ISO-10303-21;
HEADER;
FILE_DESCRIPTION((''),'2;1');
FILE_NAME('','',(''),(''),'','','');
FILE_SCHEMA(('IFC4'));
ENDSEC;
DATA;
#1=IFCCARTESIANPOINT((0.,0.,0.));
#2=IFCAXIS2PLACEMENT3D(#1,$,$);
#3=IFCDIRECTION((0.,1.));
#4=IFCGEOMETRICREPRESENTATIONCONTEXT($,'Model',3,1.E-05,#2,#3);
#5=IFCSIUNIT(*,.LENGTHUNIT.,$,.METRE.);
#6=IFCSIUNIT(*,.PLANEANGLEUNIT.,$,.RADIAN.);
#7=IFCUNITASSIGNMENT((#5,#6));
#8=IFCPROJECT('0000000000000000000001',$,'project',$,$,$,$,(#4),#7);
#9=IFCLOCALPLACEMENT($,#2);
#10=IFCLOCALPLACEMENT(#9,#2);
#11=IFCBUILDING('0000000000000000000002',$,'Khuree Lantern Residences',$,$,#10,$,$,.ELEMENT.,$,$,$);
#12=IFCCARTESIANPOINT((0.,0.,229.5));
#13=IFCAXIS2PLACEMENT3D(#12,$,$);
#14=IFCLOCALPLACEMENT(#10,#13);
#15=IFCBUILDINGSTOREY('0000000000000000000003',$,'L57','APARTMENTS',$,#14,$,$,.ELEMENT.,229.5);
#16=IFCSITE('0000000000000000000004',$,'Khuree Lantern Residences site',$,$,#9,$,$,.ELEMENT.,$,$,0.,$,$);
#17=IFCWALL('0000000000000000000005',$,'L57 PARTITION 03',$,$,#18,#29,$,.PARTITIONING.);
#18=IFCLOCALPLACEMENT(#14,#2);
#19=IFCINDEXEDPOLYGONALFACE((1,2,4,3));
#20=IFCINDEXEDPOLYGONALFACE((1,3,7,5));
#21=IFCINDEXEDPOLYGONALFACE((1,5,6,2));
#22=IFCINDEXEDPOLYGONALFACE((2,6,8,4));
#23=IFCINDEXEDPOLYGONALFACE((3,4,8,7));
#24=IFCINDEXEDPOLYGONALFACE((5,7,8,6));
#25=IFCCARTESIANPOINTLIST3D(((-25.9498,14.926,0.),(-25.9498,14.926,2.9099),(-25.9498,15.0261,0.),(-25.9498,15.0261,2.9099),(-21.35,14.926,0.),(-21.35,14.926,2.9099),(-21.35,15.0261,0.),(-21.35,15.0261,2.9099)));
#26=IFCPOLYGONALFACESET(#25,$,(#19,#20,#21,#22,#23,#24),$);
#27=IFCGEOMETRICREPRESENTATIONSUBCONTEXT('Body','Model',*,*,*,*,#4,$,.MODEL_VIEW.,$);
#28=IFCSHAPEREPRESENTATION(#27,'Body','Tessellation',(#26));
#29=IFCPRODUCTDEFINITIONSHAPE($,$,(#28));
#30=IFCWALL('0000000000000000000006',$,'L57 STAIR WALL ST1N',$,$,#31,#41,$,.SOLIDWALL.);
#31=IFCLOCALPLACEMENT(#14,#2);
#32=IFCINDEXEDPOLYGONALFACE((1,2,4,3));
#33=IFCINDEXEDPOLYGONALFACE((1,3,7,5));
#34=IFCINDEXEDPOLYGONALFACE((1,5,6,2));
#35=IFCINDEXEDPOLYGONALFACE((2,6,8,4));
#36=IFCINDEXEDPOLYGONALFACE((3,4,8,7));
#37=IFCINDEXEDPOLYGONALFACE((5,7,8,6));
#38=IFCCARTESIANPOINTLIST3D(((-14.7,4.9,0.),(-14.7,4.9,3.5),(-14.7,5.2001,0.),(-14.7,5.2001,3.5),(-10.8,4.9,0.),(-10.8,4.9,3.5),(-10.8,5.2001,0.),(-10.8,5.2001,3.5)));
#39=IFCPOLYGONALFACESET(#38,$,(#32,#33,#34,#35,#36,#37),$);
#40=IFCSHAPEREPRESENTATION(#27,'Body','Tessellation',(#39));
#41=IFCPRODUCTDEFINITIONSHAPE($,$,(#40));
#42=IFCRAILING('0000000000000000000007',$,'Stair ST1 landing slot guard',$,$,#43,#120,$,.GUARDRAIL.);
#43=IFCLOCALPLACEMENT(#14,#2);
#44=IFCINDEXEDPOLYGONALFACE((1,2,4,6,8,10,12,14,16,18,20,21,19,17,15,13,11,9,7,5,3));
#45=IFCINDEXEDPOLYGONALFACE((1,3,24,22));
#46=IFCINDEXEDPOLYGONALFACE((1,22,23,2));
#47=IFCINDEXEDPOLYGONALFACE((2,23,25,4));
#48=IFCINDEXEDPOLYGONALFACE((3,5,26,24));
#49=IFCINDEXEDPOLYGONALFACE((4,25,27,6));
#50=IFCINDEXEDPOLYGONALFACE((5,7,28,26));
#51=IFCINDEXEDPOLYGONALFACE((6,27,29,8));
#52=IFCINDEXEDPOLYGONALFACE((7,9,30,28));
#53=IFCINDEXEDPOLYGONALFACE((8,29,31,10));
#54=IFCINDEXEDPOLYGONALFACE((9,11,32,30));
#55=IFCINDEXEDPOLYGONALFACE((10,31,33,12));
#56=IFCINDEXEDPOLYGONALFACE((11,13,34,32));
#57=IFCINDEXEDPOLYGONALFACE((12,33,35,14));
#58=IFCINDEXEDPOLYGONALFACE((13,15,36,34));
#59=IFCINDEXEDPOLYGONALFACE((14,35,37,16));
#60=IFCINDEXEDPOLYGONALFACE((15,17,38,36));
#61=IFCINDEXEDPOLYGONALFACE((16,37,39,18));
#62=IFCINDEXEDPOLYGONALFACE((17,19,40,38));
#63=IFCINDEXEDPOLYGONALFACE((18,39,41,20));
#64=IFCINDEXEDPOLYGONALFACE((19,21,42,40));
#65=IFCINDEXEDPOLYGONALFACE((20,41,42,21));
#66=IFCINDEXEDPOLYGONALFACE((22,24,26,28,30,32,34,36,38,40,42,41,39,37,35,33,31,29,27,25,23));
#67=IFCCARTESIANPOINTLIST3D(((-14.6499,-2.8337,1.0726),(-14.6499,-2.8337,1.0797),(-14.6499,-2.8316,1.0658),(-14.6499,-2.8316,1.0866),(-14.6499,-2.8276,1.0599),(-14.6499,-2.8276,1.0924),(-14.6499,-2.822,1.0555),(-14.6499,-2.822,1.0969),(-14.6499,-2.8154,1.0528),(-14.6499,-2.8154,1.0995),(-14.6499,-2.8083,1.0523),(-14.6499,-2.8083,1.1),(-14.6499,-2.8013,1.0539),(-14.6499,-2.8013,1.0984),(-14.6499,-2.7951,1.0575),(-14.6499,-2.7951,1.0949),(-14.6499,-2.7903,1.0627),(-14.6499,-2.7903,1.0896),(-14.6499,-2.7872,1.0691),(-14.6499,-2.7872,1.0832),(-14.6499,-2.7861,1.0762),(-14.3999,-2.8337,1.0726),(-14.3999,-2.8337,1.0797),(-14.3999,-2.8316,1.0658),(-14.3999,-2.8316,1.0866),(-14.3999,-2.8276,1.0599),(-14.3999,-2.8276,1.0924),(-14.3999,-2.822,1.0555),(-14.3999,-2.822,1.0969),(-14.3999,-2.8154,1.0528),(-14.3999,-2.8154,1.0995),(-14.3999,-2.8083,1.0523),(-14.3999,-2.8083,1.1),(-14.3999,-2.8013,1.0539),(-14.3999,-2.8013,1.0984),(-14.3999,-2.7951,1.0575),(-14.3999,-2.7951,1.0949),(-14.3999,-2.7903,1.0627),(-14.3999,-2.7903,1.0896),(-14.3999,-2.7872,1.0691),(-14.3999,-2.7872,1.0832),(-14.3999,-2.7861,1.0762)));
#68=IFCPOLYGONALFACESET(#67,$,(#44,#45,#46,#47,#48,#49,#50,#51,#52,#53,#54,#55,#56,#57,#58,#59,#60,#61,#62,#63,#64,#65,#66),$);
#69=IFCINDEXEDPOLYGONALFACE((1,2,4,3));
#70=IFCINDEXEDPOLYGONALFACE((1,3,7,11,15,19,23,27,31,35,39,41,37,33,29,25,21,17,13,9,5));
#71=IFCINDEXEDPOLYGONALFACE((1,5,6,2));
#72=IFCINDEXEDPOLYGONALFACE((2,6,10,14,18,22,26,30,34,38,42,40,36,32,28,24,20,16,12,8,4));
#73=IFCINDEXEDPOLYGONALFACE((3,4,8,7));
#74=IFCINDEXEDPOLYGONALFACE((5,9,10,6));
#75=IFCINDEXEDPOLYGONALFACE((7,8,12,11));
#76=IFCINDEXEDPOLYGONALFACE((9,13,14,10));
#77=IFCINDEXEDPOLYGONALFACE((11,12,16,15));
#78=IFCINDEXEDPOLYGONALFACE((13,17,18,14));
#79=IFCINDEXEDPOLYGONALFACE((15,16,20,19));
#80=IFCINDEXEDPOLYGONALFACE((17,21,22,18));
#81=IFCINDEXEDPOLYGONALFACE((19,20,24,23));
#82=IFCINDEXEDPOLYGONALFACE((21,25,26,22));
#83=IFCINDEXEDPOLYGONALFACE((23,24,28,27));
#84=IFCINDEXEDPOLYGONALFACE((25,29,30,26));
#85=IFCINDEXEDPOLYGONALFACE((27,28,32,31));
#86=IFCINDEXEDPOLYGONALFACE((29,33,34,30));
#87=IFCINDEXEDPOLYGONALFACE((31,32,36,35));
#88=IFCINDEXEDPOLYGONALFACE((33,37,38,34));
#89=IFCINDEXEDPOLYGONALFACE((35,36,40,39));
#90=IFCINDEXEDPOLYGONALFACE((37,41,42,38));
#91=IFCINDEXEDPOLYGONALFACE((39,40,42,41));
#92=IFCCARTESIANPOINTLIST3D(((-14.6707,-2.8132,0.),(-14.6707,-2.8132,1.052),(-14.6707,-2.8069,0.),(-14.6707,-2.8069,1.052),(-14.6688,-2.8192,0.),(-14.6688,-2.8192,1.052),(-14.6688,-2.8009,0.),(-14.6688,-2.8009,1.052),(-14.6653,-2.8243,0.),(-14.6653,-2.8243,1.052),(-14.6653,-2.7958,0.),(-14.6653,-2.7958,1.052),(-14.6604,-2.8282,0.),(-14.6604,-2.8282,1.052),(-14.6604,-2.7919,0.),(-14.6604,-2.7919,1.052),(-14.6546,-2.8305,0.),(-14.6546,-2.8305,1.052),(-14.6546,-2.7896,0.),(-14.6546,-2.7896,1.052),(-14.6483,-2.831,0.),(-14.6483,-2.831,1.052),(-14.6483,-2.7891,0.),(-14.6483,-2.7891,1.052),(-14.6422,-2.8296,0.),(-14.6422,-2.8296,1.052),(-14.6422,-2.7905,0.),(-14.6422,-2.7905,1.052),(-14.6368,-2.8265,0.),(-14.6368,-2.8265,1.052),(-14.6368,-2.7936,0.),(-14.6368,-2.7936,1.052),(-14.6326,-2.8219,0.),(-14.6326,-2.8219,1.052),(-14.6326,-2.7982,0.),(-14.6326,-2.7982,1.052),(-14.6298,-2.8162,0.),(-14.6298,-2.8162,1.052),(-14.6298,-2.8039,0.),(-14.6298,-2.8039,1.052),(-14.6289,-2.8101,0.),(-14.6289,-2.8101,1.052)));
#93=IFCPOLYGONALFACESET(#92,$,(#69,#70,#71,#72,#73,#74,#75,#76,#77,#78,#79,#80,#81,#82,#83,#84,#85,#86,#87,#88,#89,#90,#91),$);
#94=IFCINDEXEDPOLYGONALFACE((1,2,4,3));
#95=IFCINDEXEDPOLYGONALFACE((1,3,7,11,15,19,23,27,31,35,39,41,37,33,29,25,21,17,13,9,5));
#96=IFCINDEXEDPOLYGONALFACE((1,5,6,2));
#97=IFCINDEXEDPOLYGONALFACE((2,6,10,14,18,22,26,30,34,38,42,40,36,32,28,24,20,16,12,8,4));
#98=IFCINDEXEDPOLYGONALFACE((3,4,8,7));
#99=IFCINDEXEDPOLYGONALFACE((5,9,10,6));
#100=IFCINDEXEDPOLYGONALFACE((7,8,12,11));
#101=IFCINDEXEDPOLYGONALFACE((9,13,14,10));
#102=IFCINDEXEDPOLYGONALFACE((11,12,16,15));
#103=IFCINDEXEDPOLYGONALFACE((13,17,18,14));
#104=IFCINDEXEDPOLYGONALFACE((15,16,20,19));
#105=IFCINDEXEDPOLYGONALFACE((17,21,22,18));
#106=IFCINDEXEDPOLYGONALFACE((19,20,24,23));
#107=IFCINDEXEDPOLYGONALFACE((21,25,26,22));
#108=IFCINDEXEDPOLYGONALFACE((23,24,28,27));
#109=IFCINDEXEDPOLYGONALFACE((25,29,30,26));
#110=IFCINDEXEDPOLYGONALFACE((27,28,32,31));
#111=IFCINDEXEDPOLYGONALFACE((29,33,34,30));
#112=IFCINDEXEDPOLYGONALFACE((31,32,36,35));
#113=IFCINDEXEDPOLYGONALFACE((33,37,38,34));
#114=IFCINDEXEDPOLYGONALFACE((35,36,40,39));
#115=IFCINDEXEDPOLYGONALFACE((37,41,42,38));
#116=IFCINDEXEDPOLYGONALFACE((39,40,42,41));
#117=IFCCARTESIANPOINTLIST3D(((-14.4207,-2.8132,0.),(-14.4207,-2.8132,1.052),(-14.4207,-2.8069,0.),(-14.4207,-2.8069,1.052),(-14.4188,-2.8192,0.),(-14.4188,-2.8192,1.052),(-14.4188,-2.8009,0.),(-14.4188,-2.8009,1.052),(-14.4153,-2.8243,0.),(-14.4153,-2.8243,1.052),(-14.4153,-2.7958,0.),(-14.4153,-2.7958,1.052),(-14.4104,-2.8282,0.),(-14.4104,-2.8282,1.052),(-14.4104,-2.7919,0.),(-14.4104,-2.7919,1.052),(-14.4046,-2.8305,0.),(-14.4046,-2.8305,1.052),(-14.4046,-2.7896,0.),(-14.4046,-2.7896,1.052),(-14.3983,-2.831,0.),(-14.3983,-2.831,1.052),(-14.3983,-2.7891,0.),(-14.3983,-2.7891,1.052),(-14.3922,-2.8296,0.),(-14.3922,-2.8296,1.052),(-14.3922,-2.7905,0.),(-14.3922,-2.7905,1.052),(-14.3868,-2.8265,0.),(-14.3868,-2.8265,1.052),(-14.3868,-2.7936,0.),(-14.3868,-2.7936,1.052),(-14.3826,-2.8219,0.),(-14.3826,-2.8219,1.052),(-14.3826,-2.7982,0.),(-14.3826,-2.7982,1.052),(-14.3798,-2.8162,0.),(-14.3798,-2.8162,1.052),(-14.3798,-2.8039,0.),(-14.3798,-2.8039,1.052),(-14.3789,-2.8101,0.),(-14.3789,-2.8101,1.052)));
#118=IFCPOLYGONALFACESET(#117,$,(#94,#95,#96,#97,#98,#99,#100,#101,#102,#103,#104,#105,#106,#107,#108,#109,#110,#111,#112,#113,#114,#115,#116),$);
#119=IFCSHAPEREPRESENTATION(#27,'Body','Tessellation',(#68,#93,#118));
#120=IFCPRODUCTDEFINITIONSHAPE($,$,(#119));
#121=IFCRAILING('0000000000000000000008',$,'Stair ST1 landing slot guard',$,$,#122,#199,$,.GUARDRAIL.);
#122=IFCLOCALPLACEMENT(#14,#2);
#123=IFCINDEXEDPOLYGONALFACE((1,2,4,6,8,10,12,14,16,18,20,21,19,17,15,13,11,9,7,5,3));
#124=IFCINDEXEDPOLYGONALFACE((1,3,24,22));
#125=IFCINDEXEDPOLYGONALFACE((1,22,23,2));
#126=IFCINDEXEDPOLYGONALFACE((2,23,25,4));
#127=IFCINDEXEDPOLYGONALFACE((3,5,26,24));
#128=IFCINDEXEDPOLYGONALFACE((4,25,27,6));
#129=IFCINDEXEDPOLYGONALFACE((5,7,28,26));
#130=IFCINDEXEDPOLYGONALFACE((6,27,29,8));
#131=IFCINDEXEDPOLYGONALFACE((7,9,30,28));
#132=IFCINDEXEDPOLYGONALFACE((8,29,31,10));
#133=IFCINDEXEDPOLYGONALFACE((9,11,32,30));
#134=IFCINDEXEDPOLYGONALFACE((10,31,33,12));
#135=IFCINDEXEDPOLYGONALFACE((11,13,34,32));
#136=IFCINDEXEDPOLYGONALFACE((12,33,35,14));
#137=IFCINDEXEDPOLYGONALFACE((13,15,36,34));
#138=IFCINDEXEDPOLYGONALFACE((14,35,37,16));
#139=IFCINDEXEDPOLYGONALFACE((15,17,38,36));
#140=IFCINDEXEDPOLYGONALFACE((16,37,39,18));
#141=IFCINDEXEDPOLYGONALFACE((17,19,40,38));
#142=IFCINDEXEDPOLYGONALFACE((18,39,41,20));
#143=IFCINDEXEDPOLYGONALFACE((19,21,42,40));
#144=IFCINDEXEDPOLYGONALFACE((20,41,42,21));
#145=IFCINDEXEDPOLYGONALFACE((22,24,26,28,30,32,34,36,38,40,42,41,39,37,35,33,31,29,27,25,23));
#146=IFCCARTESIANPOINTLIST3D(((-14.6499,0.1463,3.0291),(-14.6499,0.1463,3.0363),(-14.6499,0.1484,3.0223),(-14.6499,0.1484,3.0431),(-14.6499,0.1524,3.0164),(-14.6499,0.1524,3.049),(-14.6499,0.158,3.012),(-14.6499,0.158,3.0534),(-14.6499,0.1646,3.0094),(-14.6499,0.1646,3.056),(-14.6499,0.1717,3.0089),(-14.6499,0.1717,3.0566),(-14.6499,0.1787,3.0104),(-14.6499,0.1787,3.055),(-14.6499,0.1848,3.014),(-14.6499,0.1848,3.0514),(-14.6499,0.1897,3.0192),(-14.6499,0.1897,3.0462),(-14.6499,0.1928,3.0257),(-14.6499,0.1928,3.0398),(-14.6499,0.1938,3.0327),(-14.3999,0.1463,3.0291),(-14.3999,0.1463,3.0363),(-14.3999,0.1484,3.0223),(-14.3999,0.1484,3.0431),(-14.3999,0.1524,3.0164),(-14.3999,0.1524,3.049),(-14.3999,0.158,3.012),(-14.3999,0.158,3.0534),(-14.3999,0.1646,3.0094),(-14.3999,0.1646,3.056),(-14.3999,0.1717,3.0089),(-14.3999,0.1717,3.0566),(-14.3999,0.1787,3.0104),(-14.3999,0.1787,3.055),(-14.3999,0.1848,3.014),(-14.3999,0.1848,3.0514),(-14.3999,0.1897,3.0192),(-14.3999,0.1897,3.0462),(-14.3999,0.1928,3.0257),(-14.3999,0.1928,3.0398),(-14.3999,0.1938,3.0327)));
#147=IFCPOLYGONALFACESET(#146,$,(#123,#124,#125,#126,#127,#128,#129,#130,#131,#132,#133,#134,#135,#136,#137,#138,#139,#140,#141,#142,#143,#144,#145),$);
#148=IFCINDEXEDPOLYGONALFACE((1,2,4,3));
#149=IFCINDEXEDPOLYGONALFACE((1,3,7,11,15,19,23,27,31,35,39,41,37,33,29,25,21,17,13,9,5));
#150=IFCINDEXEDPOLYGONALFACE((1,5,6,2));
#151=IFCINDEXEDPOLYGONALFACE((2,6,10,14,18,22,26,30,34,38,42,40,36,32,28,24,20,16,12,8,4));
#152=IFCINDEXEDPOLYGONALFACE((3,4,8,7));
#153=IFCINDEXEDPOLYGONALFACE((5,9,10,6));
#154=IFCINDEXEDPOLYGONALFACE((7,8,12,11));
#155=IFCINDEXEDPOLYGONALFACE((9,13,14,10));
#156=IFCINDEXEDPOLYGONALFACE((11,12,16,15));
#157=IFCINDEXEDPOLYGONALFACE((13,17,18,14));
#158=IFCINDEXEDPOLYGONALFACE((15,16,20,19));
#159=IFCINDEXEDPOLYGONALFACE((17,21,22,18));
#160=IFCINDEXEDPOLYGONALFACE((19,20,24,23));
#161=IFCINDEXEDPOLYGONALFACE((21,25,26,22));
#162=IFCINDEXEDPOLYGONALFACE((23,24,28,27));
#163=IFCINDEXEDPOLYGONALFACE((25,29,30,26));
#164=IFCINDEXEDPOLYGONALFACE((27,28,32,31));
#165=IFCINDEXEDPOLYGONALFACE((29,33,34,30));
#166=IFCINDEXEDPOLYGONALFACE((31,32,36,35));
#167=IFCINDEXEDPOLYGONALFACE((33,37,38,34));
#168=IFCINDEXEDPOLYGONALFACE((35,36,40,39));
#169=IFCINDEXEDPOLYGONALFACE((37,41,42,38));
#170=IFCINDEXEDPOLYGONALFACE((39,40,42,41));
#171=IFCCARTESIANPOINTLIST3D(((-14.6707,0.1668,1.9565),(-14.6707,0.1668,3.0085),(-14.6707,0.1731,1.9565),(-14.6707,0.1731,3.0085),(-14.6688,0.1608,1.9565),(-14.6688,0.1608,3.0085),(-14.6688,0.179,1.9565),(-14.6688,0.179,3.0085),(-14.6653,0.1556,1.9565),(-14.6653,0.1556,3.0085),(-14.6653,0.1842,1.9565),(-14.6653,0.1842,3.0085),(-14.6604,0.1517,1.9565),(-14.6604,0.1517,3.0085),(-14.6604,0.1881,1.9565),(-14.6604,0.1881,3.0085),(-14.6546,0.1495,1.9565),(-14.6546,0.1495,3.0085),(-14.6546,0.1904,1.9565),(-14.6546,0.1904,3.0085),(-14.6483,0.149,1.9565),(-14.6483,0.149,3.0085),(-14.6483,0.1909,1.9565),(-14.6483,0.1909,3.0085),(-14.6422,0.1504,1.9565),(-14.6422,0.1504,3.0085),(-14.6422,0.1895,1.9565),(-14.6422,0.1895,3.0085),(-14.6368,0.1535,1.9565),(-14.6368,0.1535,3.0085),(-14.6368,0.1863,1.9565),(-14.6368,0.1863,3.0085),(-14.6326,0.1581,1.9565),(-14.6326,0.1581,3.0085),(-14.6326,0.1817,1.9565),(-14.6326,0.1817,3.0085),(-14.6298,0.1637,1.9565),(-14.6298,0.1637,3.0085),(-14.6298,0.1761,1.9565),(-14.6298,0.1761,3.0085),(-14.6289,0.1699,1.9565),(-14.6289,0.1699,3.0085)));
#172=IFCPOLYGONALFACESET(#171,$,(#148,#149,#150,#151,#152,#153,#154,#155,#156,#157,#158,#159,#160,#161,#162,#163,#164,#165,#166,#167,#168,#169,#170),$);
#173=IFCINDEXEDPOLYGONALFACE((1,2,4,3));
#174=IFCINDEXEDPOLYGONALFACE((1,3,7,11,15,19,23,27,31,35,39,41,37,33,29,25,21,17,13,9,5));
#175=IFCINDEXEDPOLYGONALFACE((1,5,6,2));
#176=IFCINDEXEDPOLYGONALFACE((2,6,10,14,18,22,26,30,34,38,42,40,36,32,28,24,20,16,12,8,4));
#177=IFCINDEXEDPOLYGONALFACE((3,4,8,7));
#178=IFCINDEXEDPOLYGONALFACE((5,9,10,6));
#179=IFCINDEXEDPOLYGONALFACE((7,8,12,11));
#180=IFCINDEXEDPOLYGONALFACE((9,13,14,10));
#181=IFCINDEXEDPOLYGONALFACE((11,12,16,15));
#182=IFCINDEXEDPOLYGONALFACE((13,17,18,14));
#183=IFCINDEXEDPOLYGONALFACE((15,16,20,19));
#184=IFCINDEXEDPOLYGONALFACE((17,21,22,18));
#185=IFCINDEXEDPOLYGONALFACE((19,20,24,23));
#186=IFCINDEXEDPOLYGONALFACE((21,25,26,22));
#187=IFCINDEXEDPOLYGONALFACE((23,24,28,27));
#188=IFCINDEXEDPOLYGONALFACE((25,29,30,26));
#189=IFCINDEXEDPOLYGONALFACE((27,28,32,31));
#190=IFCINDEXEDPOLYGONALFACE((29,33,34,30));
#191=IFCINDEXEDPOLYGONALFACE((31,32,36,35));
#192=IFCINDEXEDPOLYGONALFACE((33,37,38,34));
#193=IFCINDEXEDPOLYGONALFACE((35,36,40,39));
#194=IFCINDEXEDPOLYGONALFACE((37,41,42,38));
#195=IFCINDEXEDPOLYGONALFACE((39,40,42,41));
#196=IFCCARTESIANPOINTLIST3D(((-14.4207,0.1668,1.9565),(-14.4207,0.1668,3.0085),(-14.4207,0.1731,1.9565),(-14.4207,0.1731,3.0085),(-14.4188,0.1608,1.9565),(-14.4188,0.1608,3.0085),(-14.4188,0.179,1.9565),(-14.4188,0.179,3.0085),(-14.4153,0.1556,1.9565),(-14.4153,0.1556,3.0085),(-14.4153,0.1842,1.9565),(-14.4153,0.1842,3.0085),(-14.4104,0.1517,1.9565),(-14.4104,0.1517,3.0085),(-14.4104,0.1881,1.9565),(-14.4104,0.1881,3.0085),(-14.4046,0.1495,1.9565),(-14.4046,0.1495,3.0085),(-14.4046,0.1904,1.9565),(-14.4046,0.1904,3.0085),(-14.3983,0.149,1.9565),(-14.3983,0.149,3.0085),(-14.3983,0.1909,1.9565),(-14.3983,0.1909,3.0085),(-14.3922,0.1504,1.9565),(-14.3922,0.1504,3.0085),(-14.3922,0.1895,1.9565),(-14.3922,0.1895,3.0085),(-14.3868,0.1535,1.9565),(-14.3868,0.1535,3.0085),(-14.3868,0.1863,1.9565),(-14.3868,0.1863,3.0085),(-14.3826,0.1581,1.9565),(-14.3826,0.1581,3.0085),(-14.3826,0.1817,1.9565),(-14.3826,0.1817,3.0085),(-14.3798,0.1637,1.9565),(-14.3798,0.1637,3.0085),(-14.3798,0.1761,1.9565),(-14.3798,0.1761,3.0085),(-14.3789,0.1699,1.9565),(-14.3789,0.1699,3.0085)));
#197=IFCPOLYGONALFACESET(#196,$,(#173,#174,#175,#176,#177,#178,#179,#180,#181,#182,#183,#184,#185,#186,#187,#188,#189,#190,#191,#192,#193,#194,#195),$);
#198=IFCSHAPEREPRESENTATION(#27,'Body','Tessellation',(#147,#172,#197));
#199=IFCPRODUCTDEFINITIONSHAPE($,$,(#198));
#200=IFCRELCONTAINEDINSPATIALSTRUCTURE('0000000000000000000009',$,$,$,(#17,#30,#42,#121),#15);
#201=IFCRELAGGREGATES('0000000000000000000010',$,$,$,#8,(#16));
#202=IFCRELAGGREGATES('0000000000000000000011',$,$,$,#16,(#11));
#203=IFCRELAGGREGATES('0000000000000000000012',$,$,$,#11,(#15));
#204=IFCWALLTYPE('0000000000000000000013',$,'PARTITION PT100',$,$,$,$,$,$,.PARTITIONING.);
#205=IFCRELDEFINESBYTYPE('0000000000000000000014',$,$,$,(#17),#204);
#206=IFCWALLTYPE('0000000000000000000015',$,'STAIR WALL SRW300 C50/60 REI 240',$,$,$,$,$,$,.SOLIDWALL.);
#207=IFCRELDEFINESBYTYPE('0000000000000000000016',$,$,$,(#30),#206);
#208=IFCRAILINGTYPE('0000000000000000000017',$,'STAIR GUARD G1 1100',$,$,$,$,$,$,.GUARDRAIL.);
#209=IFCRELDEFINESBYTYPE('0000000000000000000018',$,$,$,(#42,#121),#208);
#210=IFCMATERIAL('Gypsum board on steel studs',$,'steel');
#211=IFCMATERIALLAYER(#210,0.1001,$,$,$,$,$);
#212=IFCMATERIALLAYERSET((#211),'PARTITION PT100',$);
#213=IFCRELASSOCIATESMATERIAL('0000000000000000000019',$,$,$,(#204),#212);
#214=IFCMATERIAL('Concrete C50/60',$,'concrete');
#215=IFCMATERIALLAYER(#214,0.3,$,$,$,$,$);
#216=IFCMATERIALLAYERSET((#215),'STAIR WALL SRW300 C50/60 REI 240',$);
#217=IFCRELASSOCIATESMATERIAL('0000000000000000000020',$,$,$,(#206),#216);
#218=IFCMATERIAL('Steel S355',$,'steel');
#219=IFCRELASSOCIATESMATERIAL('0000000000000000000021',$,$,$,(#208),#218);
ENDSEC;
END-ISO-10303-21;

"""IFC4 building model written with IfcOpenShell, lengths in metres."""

from ifc_helpers import new_model, si_unit, direction, frame, frame_2d, origin, origin_2d, place, context, subcontext, project, spatial, rectangle, circle, extrude, material, layer, layer_set, type_object, element, save


model = new_model("IFC4")

# Units and contexts
model_context = context("Model", 3, precision=1e-05, world=origin(), true_north=direction((0.0, 1.0)))
body_context = subcontext(model_context, "Body", "Model", "MODEL_VIEW")
ifc_project = project(units=[si_unit("LENGTHUNIT", "METRE"), si_unit("PLANEANGLEUNIT", "RADIAN")], contexts=[model_context])

# Site, building, storey
site_placement = place(None, origin())
site = spatial("IfcSite", under=ifc_project, at=site_placement, Name="Khuree Lantern Residences site", CompositionType="ELEMENT", RefElevation=0.0)
building_placement = place(site_placement, origin())
building = spatial("IfcBuilding", under=site, at=building_placement, Name="Khuree Lantern Residences", CompositionType="ELEMENT")
storey_placement = place(building_placement, frame((0.0, 0.0, 229.5)))
storey = spatial("IfcBuildingStorey", under=building, at=storey_placement, Name="L57", Description="APARTMENTS", CompositionType="ELEMENT", Elevation=229.5)

# Shared definitions
ifc_material_1 = material(Name="Concrete C50/60", Category="concrete")

# Shared definitions
ifc_material_2 = material(Name="Gypsum board on steel studs", Category="steel")

# Walls
ifc_layer_1 = layer(ifc_material_2, 0.1001)
ifc_layer_set_1 = layer_set([ifc_layer_1], Name="PARTITION PT100")
wall_type_1 = type_object("IfcWallType", Name="PARTITION PT100", PredefinedType="PARTITIONING", material=ifc_layer_set_1)
wall_1_placement = place(storey_placement, frame((-21.3501, 14.9761, 0.0), z_axis=(0.0, 0.0, 1.0), x_axis=(-1.0, 0.0, 0.0)))
element("IfcWall", 1, at=wall_1_placement, inside=storey, type_object=wall_type_1, Name="L57 PARTITION 03", PredefinedType="PARTITIONING", context=body_context, shape_type="SweptSolid", body=[
    extrude(rectangle(XDim=4.5999, YDim=0.1001, at=frame_2d((2.2998, 0.0))), origin(), (0.0, 0.0, 1.0), 2.9099),
])
ifc_layer_2 = layer(ifc_material_1, 0.3)
ifc_layer_set_2 = layer_set([ifc_layer_2], Name="STAIR WALL SRW300 C50/60 REI 240")
wall_type_2 = type_object("IfcWallType", Name="STAIR WALL SRW300 C50/60 REI 240", PredefinedType="SOLIDWALL", material=ifc_layer_set_2)
wall_2_placement = place(storey_placement, frame((-14.7, 5.05, 0.0), z_axis=(0.0, 0.0, 1.0), x_axis=(1.0, 0.0, 0.0)))
element("IfcWall", 2, at=wall_2_placement, inside=storey, type_object=wall_type_2, Name="L57 STAIR WALL ST1N", PredefinedType="SOLIDWALL", context=body_context, shape_type="SweptSolid", body=[
    extrude(rectangle(XDim=3.8999, YDim=0.3, at=frame_2d((1.95, 0.0))), origin(), (0.0, 0.0, 1.0), 3.5),
])

# Railings
ifc_material_3 = material(Name="Steel S355", Category="steel")
railing_type = type_object("IfcRailingType", Name="STAIR GUARD G1 1100", PredefinedType="GUARDRAIL", material=ifc_material_3)
for number, where, name in (
    (3, (-14.6499, -2.8101, 0.0), "Stair ST1 landing slot guard"),
    (4, (-14.6499, 0.1699, 1.9565), "Stair ST1 landing slot guard"),
):
    element("IfcRailing", number, at=place(storey_placement, frame(where)), inside=storey, type_object=railing_type, Name=name, PredefinedType="GUARDRAIL", context=body_context, shape_type="SweptSolid", body=[
        extrude(circle(Radius=0.0239, at=origin_2d()), frame((0.0, 0.0, 1.0762), z_axis=(1.0, 0.0, 0.0), x_axis=(0.0, 1.0, 0.0)), (0.0, 0.0, 1.0), 0.25),
        extrude(circle(Radius=0.021, at=origin_2d()), origin(), (0.0, 0.0, 1.0), 1.052),
        extrude(circle(Radius=0.021, at=origin_2d()), frame((0.25, 0.0, 0.0)), (0.0, 0.0, 1.0), 1.052),
    ])

save(model, "model.ifc")
